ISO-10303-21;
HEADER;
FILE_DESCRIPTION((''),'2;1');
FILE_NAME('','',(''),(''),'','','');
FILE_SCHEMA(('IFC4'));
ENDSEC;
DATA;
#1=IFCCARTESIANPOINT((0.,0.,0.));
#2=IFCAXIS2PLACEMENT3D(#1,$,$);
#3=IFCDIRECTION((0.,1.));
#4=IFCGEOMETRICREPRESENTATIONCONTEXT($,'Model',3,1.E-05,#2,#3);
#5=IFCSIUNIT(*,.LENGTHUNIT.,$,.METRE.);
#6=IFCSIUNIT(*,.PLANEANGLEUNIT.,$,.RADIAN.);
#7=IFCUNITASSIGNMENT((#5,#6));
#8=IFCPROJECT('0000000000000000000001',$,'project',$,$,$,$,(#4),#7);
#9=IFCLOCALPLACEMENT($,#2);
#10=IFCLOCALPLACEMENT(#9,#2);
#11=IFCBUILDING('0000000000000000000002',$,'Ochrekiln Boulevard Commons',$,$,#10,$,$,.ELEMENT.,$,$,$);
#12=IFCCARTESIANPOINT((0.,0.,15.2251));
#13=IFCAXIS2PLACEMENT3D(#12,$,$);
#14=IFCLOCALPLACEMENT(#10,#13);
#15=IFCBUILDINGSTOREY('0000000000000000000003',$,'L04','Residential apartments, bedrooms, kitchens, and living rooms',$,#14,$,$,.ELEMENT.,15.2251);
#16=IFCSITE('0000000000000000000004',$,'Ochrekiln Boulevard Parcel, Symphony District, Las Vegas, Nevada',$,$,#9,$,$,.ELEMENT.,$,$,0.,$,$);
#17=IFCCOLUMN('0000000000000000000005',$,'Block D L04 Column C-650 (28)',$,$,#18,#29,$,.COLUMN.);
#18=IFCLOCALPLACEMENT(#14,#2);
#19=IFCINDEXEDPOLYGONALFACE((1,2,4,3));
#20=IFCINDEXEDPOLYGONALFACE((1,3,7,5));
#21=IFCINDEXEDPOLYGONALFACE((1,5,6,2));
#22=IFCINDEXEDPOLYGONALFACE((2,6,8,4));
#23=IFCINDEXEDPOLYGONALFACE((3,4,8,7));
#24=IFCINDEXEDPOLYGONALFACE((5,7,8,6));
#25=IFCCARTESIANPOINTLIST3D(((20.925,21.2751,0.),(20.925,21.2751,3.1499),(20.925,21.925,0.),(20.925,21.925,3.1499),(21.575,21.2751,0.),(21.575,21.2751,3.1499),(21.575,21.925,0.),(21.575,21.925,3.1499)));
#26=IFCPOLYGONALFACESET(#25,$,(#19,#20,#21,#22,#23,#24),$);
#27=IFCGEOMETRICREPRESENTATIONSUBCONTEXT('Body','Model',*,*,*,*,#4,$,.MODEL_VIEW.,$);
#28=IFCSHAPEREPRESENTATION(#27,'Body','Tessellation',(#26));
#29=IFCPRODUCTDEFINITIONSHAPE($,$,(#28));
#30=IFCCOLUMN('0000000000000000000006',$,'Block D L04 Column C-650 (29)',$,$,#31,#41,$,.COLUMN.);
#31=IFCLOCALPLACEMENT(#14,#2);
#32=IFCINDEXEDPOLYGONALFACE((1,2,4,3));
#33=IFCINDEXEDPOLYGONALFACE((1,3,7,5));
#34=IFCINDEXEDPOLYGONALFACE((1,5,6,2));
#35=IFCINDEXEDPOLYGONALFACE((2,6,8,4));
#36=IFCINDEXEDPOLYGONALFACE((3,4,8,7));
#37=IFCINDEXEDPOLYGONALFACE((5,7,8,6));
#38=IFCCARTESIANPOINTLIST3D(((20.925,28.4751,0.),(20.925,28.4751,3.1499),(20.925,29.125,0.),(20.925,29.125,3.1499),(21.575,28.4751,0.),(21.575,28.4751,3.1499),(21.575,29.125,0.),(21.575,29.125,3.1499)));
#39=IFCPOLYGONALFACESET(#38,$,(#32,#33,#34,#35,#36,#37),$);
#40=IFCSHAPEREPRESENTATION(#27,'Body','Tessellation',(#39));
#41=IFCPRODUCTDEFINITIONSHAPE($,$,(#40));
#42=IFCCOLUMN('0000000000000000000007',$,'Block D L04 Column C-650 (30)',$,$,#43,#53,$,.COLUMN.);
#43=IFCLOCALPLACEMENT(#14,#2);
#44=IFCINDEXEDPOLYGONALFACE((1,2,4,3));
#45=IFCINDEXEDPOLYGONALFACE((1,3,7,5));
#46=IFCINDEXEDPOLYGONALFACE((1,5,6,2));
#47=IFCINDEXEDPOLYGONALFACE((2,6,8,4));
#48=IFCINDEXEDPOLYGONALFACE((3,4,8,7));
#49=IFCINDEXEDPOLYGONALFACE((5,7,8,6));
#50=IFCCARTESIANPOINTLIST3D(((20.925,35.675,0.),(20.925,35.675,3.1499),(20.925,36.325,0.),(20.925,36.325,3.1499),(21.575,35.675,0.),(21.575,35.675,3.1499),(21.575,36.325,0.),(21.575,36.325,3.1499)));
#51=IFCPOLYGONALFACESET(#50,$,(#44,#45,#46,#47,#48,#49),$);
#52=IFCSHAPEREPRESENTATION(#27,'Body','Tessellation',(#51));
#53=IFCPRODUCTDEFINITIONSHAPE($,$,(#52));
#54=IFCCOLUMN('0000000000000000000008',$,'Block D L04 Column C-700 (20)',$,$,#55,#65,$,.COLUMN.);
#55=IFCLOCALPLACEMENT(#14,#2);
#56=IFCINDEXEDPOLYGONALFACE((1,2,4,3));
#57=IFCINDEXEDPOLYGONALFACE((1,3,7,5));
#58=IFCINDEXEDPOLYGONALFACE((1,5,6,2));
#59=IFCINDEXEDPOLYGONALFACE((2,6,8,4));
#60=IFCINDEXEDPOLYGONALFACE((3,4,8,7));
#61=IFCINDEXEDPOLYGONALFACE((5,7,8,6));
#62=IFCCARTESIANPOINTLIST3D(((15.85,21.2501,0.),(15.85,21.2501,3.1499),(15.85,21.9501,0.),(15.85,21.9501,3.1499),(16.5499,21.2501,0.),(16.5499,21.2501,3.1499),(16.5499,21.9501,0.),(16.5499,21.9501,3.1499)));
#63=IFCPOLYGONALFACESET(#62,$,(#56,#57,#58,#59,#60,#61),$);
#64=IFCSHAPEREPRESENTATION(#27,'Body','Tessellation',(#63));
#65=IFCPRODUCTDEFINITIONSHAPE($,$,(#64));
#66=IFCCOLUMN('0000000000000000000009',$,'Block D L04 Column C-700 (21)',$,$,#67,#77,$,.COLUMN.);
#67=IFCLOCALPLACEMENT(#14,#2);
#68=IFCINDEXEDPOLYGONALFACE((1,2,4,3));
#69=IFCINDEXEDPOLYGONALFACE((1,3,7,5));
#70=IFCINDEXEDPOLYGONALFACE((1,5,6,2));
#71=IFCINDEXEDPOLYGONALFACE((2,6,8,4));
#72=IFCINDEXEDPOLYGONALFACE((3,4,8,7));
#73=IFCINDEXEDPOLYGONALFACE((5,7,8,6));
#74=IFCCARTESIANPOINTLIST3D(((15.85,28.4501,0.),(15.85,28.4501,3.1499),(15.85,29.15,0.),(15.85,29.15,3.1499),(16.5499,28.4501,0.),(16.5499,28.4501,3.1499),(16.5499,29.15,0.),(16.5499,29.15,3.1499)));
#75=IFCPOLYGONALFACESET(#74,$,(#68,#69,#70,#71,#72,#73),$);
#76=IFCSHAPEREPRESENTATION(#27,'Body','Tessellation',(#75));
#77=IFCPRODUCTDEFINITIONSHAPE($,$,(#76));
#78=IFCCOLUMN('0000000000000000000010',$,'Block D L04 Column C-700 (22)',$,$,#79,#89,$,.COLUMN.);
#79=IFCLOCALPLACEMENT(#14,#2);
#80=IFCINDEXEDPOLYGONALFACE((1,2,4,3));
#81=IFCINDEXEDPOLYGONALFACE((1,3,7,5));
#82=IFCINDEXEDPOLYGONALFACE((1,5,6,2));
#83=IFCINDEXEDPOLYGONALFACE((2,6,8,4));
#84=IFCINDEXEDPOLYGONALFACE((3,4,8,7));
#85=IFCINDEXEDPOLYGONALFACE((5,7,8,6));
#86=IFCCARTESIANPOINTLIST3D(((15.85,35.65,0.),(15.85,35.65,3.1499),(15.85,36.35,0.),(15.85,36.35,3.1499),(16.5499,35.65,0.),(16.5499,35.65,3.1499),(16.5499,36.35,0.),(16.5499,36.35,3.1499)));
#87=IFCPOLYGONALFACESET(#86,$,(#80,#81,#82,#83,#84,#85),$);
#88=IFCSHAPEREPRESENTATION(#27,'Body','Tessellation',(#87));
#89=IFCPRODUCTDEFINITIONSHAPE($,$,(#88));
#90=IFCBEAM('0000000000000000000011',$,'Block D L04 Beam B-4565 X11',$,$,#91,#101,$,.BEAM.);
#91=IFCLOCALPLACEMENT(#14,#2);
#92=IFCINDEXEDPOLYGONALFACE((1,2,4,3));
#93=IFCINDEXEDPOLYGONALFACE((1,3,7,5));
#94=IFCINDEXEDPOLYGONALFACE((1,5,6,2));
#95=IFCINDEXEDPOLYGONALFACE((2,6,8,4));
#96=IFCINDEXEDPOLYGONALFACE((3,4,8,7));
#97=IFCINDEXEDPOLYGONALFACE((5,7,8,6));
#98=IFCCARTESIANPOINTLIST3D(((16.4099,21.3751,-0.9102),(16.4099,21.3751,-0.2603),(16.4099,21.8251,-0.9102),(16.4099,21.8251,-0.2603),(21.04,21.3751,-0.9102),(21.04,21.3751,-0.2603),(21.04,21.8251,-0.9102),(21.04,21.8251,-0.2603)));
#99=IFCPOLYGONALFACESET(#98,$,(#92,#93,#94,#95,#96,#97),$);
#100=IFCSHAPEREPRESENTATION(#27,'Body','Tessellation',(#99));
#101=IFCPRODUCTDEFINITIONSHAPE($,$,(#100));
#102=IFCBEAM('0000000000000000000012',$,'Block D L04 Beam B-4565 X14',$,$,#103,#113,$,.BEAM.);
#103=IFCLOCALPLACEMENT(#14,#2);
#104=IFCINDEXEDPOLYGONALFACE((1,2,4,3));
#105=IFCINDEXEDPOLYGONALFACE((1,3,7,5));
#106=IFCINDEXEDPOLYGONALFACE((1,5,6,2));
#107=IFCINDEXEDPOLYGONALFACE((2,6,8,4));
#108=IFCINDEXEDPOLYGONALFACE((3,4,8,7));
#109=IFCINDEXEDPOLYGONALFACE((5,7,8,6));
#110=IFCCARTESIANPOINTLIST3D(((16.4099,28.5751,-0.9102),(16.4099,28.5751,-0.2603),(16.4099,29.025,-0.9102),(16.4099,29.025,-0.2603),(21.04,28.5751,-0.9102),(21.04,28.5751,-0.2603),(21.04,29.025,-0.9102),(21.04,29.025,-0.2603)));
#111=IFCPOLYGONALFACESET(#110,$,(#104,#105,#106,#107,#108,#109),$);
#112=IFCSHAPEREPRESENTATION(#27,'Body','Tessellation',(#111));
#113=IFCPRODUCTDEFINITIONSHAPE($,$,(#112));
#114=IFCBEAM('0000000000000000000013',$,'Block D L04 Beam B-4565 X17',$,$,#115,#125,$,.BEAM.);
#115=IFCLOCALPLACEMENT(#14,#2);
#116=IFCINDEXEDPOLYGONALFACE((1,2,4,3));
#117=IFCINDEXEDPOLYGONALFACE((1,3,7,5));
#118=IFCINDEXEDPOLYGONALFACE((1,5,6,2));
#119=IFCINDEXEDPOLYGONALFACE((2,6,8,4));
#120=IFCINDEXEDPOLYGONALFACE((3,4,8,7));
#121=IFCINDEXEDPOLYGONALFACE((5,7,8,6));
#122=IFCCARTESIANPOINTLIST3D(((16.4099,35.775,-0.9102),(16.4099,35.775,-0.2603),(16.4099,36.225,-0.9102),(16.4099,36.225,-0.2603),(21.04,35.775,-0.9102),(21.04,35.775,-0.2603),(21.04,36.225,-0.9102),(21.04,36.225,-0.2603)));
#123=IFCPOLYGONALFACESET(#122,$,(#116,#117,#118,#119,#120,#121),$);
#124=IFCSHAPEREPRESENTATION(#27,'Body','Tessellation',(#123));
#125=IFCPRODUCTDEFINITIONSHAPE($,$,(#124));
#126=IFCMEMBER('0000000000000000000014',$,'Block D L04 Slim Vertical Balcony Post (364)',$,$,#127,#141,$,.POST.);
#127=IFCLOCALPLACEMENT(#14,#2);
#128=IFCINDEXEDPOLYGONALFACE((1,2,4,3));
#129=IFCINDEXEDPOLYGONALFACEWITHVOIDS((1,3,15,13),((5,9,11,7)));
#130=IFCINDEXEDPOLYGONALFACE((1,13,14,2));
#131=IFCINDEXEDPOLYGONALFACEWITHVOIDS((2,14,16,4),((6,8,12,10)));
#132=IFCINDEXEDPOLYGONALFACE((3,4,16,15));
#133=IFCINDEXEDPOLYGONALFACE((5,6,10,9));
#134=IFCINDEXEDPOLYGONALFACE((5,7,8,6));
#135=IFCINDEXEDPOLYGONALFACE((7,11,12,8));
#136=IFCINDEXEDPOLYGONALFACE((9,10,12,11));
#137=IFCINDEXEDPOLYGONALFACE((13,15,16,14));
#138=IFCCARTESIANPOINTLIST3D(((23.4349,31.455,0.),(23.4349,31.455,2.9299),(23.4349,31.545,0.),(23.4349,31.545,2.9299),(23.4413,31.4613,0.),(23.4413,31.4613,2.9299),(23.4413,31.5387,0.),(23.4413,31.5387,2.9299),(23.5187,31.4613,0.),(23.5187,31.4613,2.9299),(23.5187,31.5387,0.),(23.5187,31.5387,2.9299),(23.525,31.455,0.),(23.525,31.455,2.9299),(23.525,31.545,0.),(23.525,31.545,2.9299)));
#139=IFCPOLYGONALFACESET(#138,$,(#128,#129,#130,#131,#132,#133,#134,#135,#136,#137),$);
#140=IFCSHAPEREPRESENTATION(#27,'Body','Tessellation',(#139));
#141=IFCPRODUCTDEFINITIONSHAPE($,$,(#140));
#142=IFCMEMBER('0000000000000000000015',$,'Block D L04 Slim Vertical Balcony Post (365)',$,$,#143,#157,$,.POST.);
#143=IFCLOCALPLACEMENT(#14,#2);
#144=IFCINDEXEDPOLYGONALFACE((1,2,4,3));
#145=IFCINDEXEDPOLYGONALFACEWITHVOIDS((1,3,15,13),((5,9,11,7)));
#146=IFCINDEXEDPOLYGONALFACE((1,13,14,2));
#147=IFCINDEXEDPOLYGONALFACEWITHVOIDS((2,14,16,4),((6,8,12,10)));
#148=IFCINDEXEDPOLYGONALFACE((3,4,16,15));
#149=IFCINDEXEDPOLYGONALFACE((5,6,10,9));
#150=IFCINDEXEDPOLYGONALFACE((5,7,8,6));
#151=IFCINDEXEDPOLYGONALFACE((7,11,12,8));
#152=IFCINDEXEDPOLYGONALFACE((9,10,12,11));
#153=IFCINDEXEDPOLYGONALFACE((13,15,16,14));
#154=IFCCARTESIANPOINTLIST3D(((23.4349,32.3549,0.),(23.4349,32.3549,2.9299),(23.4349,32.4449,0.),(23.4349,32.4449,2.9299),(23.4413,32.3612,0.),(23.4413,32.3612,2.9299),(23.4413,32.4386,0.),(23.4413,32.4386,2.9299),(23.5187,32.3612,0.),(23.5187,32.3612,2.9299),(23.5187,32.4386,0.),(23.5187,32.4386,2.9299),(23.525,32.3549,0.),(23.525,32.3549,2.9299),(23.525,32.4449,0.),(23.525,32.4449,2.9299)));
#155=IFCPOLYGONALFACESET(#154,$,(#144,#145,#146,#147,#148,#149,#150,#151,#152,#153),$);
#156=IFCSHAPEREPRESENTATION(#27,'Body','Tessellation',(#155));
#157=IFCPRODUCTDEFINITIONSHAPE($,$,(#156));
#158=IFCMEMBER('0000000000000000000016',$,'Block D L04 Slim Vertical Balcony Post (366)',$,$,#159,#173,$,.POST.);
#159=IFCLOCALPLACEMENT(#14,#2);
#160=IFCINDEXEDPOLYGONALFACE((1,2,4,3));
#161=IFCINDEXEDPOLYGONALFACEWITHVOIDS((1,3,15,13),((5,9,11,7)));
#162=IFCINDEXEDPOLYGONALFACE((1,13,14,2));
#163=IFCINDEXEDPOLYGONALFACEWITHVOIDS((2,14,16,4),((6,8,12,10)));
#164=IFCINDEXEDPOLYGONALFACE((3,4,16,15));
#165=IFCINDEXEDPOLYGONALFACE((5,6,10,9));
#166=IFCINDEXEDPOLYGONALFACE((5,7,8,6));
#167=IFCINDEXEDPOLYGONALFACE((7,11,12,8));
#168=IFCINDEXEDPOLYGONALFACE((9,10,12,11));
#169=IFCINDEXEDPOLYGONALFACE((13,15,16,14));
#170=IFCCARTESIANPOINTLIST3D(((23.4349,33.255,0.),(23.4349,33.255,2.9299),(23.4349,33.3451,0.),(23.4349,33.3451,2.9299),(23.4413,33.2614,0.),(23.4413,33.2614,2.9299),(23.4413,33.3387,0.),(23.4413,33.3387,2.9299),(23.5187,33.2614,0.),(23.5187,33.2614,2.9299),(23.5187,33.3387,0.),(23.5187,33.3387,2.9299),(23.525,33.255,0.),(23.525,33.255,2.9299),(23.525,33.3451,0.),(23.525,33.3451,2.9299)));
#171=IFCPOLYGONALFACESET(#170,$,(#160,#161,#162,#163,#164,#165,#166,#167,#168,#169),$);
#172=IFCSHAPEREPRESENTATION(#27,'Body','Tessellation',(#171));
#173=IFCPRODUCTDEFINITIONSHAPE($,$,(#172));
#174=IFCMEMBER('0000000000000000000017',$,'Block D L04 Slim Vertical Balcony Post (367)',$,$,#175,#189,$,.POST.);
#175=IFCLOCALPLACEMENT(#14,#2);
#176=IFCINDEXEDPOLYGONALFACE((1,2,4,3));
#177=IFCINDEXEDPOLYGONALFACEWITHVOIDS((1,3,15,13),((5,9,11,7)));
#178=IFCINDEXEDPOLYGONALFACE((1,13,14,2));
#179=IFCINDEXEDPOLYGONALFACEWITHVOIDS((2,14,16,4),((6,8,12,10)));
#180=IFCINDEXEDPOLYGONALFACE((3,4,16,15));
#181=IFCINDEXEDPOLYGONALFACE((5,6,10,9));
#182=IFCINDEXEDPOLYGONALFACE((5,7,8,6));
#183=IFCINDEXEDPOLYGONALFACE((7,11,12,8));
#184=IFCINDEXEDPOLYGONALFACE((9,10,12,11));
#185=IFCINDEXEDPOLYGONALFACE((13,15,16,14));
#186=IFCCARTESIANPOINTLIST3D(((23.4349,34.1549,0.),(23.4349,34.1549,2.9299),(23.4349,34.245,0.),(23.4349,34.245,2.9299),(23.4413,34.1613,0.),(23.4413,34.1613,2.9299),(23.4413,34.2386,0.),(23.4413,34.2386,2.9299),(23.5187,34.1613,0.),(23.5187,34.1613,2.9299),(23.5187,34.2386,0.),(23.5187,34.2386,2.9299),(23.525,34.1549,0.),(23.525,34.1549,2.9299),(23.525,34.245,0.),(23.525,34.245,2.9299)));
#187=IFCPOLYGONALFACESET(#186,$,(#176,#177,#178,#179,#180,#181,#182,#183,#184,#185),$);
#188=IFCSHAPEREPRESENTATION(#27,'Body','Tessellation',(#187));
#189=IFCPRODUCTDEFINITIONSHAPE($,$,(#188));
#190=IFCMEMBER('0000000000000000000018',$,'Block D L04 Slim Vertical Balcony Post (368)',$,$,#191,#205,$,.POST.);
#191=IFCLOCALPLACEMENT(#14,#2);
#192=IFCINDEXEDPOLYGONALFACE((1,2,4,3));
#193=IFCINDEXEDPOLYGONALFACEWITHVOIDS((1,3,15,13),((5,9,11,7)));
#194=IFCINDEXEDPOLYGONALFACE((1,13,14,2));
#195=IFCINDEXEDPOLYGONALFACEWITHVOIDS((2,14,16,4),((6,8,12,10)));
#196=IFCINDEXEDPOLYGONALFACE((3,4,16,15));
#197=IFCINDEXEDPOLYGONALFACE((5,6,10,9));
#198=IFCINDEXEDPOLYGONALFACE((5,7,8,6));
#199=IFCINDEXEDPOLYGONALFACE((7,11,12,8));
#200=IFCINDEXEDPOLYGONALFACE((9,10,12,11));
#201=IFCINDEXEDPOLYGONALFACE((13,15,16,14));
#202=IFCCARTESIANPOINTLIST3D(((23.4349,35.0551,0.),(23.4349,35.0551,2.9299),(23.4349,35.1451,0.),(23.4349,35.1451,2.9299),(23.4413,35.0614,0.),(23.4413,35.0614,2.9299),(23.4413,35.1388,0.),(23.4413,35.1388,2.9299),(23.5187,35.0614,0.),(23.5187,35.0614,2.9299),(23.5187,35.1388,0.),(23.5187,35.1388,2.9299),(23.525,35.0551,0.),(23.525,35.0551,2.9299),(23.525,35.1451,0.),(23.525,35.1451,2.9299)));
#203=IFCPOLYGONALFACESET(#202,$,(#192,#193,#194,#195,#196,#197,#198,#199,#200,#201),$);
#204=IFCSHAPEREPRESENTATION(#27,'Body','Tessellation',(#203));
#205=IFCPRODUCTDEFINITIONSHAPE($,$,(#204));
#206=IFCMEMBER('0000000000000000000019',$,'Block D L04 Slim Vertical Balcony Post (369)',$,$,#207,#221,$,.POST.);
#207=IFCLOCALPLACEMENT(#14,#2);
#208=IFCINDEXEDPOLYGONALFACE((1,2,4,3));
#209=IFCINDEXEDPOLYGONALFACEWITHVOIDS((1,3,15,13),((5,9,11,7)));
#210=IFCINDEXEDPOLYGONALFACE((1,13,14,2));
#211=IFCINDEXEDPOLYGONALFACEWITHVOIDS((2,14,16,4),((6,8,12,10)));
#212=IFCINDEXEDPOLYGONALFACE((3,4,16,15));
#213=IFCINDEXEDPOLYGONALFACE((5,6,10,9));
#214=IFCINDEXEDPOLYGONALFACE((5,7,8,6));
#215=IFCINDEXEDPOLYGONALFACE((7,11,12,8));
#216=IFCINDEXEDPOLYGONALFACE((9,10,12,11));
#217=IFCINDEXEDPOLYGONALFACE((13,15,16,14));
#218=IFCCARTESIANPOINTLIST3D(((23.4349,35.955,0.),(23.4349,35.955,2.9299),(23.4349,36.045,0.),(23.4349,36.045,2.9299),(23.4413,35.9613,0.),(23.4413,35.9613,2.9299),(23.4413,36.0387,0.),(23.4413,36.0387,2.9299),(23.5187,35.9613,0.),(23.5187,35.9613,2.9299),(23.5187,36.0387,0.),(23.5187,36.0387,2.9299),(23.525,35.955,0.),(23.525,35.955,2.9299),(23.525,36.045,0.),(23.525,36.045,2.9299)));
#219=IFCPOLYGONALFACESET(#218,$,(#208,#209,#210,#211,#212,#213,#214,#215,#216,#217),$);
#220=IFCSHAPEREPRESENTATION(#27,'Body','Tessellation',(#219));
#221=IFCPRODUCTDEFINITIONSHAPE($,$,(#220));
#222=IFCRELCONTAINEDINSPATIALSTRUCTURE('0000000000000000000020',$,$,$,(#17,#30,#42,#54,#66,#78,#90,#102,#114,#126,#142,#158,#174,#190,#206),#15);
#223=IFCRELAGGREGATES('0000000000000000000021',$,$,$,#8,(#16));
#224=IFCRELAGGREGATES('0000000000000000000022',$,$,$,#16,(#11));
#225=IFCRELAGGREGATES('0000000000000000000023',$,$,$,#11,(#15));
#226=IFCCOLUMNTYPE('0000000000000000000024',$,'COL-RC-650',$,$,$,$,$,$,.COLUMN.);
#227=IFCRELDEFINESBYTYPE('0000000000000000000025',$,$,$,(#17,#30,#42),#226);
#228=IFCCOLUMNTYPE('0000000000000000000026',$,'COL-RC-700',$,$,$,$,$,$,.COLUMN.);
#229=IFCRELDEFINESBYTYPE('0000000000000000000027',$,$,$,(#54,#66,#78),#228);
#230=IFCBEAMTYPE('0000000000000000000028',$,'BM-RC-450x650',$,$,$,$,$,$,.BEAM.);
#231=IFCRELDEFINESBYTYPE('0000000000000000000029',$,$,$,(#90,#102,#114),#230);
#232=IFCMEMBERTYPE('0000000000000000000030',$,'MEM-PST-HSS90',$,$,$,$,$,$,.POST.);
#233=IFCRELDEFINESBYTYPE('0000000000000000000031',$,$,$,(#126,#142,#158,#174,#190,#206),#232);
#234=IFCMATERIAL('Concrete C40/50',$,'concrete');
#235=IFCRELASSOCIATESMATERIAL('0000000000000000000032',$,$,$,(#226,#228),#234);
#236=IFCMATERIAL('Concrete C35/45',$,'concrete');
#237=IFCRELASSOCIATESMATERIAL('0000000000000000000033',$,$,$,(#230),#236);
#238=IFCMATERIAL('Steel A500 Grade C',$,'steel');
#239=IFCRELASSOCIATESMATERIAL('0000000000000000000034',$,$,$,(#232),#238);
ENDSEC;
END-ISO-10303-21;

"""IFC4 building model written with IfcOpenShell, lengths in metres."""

from ifc_helpers import new_model, si_unit, direction, frame, origin, origin_2d, place, context, subcontext, project, spatial, rectangle, hollow_rectangle, extrude, material, material_profile, profile_set, type_object, element, save


model = new_model("IFC4")

# Units and contexts
model_context = context("Model", 3, precision=1e-05, world=origin(), true_north=direction((0.0, 1.0)))
body_context = subcontext(model_context, "Body", "Model", "MODEL_VIEW")
ifc_project = project(units=[si_unit("LENGTHUNIT", "METRE"), si_unit("PLANEANGLEUNIT", "RADIAN")], contexts=[model_context])

# Site, building, storey
site_placement = place(None, origin())
site = spatial("IfcSite", under=ifc_project, at=site_placement, Name="Ochrekiln Boulevard Parcel, Symphony District, Las Vegas, Nevada", CompositionType="ELEMENT", RefElevation=0.0)
building_placement = place(site_placement, origin())
building = spatial("IfcBuilding", under=site, at=building_placement, Name="Ochrekiln Boulevard Commons", CompositionType="ELEMENT")
storey_placement = place(building_placement, frame((0.0, 0.0, 15.2251)))
storey = spatial("IfcBuildingStorey", under=building, at=storey_placement, Name="L04", Description="Residential apartments, bedrooms, kitchens, and living rooms", CompositionType="ELEMENT", Elevation=15.2251)

# Columns
ifc_material_1 = material(Name="Concrete C40/50", Category="concrete")
ifc_material_profile_1 = material_profile(ifc_material_1, rectangle(XDim=0.6499, YDim=0.6499, at=origin_2d()), Name="RC-COL-650x650")
ifc_profile_set_1 = profile_set([ifc_material_profile_1], Name="Concrete C40/50")
column_type_1 = type_object("IfcColumnType", Name="COL-RC-650", PredefinedType="COLUMN", material=ifc_profile_set_1)
for number, where, z_axis, x_axis, name in (
    (1, (21.25, 21.6001, 0.0), (0.0, 0.0, 1.0), (1.0, 0.0, 0.0), "Block D L04 Column C-650 (28)"),
    (2, (21.25, 28.8, 0.0), (0.0, 0.0, 1.0), (1.0, 0.0, 0.0), "Block D L04 Column C-650 (29)"),
    (3, (21.25, 36.0, 0.0), (0.0, 0.0, 1.0), (1.0, 0.0, 0.0), "Block D L04 Column C-650 (30)"),
):
    element("IfcColumn", number, at=place(storey_placement, frame(where, z_axis=z_axis, x_axis=x_axis)), inside=storey, type_object=column_type_1, Name=name, PredefinedType="COLUMN", context=body_context, shape_type="SweptSolid", body=[
        extrude(rectangle(XDim=0.6499, YDim=0.6499, at=origin_2d()), origin(), (0.0, 0.0, 1.0), 3.1499),
    ])
ifc_material_profile_2 = material_profile(ifc_material_1, rectangle(XDim=0.7, YDim=0.7, at=origin_2d()), Name="RC-COL-700x700")
ifc_profile_set_2 = profile_set([ifc_material_profile_2], Name="Concrete C40/50")
column_type_2 = type_object("IfcColumnType", Name="COL-RC-700", PredefinedType="COLUMN", material=ifc_profile_set_2)
for number, where, z_axis, x_axis, name in (
    (4, (16.2, 21.6001, 0.0), (0.0, 0.0, 1.0), (1.0, 0.0, 0.0), "Block D L04 Column C-700 (20)"),
    (5, (16.2, 28.8, 0.0), (0.0, 0.0, 1.0), (1.0, 0.0, 0.0), "Block D L04 Column C-700 (21)"),
    (6, (16.2, 36.0, 0.0), (0.0, 0.0, 1.0), (1.0, 0.0, 0.0), "Block D L04 Column C-700 (22)"),
):
    element("IfcColumn", number, at=place(storey_placement, frame(where, z_axis=z_axis, x_axis=x_axis)), inside=storey, type_object=column_type_2, Name=name, PredefinedType="COLUMN", context=body_context, shape_type="SweptSolid", body=[
        extrude(rectangle(XDim=0.7, YDim=0.7, at=origin_2d()), origin(), (0.0, 0.0, 1.0), 3.1499),
    ])

# Beams
ifc_material_2 = material(Name="Concrete C35/45", Category="concrete")
ifc_material_profile_3 = material_profile(ifc_material_2, rectangle(XDim=0.45, YDim=0.6499, at=origin_2d()), Name="RC-BM-450x650")
ifc_profile_set_3 = profile_set([ifc_material_profile_3], Name="Concrete C35/45")
beam_type_1 = type_object("IfcBeamType", Name="BM-RC-450x650", PredefinedType="BEAM", material=ifc_profile_set_3)
for number, where, z_axis, x_axis, name in (
    (7, (16.4099, 21.6001, -0.5852), (1.0, 0.0, 0.0), (0.0, 1.0, 0.0), "Block D L04 Beam B-4565 X11"),
    (8, (16.4099, 28.8, -0.5852), (1.0, 0.0, 0.0), (0.0, 1.0, 0.0), "Block D L04 Beam B-4565 X14"),
    (9, (16.4099, 36.0, -0.5852), (1.0, 0.0, 0.0), (0.0, 1.0, 0.0), "Block D L04 Beam B-4565 X17"),
):
    element("IfcBeam", number, at=place(storey_placement, frame(where, z_axis=z_axis, x_axis=x_axis)), inside=storey, type_object=beam_type_1, Name=name, PredefinedType="BEAM", context=body_context, shape_type="SweptSolid", body=[
        extrude(rectangle(XDim=0.45, YDim=0.6499, at=origin_2d()), origin(), (0.0, 0.0, 1.0), 4.6301),
    ])

# Members
ifc_material_3 = material(Name="Steel A500 Grade C", Category="steel")
ifc_material_profile_4 = material_profile(ifc_material_3, hollow_rectangle(XDim=0.0901, YDim=0.0901, WallThickness=0.0063, at=origin_2d()), Name="HSS90X90X6.4")
ifc_profile_set_4 = profile_set([ifc_material_profile_4], Name="Steel A500 Grade C")
member_type = type_object("IfcMemberType", Name="MEM-PST-HSS90", PredefinedType="POST", material=ifc_profile_set_4)
for number, where, z_axis, x_axis, name in (
    (10, (23.48, 31.5, 0.0), (0.0, 0.0, 1.0), (1.0, 0.0, 0.0), "Block D L04 Slim Vertical Balcony Post (364)"),
    (11, (23.48, 32.3999, 0.0), (0.0, 0.0, 1.0), (1.0, 0.0, 0.0), "Block D L04 Slim Vertical Balcony Post (365)"),
    (12, (23.48, 33.3, 0.0), (0.0, 0.0, 1.0), (1.0, 0.0, 0.0), "Block D L04 Slim Vertical Balcony Post (366)"),
    (13, (23.48, 34.2, 0.0), (0.0, 0.0, 1.0), (1.0, 0.0, 0.0), "Block D L04 Slim Vertical Balcony Post (367)"),
    (14, (23.48, 35.1001, 0.0), (0.0, 0.0, 1.0), (1.0, 0.0, 0.0), "Block D L04 Slim Vertical Balcony Post (368)"),
    (15, (23.48, 36.0, 0.0), (0.0, 0.0, 1.0), (1.0, 0.0, 0.0), "Block D L04 Slim Vertical Balcony Post (369)"),
):
    element("IfcMember", number, at=place(storey_placement, frame(where, z_axis=z_axis, x_axis=x_axis)), inside=storey, type_object=member_type, Name=name, PredefinedType="POST", context=body_context, shape_type="SweptSolid", body=[
        extrude(hollow_rectangle(XDim=0.0901, YDim=0.0901, WallThickness=0.0063, at=origin_2d()), origin(), (0.0, 0.0, 1.0), 2.9299),
    ])

save(model, "model.ifc")
